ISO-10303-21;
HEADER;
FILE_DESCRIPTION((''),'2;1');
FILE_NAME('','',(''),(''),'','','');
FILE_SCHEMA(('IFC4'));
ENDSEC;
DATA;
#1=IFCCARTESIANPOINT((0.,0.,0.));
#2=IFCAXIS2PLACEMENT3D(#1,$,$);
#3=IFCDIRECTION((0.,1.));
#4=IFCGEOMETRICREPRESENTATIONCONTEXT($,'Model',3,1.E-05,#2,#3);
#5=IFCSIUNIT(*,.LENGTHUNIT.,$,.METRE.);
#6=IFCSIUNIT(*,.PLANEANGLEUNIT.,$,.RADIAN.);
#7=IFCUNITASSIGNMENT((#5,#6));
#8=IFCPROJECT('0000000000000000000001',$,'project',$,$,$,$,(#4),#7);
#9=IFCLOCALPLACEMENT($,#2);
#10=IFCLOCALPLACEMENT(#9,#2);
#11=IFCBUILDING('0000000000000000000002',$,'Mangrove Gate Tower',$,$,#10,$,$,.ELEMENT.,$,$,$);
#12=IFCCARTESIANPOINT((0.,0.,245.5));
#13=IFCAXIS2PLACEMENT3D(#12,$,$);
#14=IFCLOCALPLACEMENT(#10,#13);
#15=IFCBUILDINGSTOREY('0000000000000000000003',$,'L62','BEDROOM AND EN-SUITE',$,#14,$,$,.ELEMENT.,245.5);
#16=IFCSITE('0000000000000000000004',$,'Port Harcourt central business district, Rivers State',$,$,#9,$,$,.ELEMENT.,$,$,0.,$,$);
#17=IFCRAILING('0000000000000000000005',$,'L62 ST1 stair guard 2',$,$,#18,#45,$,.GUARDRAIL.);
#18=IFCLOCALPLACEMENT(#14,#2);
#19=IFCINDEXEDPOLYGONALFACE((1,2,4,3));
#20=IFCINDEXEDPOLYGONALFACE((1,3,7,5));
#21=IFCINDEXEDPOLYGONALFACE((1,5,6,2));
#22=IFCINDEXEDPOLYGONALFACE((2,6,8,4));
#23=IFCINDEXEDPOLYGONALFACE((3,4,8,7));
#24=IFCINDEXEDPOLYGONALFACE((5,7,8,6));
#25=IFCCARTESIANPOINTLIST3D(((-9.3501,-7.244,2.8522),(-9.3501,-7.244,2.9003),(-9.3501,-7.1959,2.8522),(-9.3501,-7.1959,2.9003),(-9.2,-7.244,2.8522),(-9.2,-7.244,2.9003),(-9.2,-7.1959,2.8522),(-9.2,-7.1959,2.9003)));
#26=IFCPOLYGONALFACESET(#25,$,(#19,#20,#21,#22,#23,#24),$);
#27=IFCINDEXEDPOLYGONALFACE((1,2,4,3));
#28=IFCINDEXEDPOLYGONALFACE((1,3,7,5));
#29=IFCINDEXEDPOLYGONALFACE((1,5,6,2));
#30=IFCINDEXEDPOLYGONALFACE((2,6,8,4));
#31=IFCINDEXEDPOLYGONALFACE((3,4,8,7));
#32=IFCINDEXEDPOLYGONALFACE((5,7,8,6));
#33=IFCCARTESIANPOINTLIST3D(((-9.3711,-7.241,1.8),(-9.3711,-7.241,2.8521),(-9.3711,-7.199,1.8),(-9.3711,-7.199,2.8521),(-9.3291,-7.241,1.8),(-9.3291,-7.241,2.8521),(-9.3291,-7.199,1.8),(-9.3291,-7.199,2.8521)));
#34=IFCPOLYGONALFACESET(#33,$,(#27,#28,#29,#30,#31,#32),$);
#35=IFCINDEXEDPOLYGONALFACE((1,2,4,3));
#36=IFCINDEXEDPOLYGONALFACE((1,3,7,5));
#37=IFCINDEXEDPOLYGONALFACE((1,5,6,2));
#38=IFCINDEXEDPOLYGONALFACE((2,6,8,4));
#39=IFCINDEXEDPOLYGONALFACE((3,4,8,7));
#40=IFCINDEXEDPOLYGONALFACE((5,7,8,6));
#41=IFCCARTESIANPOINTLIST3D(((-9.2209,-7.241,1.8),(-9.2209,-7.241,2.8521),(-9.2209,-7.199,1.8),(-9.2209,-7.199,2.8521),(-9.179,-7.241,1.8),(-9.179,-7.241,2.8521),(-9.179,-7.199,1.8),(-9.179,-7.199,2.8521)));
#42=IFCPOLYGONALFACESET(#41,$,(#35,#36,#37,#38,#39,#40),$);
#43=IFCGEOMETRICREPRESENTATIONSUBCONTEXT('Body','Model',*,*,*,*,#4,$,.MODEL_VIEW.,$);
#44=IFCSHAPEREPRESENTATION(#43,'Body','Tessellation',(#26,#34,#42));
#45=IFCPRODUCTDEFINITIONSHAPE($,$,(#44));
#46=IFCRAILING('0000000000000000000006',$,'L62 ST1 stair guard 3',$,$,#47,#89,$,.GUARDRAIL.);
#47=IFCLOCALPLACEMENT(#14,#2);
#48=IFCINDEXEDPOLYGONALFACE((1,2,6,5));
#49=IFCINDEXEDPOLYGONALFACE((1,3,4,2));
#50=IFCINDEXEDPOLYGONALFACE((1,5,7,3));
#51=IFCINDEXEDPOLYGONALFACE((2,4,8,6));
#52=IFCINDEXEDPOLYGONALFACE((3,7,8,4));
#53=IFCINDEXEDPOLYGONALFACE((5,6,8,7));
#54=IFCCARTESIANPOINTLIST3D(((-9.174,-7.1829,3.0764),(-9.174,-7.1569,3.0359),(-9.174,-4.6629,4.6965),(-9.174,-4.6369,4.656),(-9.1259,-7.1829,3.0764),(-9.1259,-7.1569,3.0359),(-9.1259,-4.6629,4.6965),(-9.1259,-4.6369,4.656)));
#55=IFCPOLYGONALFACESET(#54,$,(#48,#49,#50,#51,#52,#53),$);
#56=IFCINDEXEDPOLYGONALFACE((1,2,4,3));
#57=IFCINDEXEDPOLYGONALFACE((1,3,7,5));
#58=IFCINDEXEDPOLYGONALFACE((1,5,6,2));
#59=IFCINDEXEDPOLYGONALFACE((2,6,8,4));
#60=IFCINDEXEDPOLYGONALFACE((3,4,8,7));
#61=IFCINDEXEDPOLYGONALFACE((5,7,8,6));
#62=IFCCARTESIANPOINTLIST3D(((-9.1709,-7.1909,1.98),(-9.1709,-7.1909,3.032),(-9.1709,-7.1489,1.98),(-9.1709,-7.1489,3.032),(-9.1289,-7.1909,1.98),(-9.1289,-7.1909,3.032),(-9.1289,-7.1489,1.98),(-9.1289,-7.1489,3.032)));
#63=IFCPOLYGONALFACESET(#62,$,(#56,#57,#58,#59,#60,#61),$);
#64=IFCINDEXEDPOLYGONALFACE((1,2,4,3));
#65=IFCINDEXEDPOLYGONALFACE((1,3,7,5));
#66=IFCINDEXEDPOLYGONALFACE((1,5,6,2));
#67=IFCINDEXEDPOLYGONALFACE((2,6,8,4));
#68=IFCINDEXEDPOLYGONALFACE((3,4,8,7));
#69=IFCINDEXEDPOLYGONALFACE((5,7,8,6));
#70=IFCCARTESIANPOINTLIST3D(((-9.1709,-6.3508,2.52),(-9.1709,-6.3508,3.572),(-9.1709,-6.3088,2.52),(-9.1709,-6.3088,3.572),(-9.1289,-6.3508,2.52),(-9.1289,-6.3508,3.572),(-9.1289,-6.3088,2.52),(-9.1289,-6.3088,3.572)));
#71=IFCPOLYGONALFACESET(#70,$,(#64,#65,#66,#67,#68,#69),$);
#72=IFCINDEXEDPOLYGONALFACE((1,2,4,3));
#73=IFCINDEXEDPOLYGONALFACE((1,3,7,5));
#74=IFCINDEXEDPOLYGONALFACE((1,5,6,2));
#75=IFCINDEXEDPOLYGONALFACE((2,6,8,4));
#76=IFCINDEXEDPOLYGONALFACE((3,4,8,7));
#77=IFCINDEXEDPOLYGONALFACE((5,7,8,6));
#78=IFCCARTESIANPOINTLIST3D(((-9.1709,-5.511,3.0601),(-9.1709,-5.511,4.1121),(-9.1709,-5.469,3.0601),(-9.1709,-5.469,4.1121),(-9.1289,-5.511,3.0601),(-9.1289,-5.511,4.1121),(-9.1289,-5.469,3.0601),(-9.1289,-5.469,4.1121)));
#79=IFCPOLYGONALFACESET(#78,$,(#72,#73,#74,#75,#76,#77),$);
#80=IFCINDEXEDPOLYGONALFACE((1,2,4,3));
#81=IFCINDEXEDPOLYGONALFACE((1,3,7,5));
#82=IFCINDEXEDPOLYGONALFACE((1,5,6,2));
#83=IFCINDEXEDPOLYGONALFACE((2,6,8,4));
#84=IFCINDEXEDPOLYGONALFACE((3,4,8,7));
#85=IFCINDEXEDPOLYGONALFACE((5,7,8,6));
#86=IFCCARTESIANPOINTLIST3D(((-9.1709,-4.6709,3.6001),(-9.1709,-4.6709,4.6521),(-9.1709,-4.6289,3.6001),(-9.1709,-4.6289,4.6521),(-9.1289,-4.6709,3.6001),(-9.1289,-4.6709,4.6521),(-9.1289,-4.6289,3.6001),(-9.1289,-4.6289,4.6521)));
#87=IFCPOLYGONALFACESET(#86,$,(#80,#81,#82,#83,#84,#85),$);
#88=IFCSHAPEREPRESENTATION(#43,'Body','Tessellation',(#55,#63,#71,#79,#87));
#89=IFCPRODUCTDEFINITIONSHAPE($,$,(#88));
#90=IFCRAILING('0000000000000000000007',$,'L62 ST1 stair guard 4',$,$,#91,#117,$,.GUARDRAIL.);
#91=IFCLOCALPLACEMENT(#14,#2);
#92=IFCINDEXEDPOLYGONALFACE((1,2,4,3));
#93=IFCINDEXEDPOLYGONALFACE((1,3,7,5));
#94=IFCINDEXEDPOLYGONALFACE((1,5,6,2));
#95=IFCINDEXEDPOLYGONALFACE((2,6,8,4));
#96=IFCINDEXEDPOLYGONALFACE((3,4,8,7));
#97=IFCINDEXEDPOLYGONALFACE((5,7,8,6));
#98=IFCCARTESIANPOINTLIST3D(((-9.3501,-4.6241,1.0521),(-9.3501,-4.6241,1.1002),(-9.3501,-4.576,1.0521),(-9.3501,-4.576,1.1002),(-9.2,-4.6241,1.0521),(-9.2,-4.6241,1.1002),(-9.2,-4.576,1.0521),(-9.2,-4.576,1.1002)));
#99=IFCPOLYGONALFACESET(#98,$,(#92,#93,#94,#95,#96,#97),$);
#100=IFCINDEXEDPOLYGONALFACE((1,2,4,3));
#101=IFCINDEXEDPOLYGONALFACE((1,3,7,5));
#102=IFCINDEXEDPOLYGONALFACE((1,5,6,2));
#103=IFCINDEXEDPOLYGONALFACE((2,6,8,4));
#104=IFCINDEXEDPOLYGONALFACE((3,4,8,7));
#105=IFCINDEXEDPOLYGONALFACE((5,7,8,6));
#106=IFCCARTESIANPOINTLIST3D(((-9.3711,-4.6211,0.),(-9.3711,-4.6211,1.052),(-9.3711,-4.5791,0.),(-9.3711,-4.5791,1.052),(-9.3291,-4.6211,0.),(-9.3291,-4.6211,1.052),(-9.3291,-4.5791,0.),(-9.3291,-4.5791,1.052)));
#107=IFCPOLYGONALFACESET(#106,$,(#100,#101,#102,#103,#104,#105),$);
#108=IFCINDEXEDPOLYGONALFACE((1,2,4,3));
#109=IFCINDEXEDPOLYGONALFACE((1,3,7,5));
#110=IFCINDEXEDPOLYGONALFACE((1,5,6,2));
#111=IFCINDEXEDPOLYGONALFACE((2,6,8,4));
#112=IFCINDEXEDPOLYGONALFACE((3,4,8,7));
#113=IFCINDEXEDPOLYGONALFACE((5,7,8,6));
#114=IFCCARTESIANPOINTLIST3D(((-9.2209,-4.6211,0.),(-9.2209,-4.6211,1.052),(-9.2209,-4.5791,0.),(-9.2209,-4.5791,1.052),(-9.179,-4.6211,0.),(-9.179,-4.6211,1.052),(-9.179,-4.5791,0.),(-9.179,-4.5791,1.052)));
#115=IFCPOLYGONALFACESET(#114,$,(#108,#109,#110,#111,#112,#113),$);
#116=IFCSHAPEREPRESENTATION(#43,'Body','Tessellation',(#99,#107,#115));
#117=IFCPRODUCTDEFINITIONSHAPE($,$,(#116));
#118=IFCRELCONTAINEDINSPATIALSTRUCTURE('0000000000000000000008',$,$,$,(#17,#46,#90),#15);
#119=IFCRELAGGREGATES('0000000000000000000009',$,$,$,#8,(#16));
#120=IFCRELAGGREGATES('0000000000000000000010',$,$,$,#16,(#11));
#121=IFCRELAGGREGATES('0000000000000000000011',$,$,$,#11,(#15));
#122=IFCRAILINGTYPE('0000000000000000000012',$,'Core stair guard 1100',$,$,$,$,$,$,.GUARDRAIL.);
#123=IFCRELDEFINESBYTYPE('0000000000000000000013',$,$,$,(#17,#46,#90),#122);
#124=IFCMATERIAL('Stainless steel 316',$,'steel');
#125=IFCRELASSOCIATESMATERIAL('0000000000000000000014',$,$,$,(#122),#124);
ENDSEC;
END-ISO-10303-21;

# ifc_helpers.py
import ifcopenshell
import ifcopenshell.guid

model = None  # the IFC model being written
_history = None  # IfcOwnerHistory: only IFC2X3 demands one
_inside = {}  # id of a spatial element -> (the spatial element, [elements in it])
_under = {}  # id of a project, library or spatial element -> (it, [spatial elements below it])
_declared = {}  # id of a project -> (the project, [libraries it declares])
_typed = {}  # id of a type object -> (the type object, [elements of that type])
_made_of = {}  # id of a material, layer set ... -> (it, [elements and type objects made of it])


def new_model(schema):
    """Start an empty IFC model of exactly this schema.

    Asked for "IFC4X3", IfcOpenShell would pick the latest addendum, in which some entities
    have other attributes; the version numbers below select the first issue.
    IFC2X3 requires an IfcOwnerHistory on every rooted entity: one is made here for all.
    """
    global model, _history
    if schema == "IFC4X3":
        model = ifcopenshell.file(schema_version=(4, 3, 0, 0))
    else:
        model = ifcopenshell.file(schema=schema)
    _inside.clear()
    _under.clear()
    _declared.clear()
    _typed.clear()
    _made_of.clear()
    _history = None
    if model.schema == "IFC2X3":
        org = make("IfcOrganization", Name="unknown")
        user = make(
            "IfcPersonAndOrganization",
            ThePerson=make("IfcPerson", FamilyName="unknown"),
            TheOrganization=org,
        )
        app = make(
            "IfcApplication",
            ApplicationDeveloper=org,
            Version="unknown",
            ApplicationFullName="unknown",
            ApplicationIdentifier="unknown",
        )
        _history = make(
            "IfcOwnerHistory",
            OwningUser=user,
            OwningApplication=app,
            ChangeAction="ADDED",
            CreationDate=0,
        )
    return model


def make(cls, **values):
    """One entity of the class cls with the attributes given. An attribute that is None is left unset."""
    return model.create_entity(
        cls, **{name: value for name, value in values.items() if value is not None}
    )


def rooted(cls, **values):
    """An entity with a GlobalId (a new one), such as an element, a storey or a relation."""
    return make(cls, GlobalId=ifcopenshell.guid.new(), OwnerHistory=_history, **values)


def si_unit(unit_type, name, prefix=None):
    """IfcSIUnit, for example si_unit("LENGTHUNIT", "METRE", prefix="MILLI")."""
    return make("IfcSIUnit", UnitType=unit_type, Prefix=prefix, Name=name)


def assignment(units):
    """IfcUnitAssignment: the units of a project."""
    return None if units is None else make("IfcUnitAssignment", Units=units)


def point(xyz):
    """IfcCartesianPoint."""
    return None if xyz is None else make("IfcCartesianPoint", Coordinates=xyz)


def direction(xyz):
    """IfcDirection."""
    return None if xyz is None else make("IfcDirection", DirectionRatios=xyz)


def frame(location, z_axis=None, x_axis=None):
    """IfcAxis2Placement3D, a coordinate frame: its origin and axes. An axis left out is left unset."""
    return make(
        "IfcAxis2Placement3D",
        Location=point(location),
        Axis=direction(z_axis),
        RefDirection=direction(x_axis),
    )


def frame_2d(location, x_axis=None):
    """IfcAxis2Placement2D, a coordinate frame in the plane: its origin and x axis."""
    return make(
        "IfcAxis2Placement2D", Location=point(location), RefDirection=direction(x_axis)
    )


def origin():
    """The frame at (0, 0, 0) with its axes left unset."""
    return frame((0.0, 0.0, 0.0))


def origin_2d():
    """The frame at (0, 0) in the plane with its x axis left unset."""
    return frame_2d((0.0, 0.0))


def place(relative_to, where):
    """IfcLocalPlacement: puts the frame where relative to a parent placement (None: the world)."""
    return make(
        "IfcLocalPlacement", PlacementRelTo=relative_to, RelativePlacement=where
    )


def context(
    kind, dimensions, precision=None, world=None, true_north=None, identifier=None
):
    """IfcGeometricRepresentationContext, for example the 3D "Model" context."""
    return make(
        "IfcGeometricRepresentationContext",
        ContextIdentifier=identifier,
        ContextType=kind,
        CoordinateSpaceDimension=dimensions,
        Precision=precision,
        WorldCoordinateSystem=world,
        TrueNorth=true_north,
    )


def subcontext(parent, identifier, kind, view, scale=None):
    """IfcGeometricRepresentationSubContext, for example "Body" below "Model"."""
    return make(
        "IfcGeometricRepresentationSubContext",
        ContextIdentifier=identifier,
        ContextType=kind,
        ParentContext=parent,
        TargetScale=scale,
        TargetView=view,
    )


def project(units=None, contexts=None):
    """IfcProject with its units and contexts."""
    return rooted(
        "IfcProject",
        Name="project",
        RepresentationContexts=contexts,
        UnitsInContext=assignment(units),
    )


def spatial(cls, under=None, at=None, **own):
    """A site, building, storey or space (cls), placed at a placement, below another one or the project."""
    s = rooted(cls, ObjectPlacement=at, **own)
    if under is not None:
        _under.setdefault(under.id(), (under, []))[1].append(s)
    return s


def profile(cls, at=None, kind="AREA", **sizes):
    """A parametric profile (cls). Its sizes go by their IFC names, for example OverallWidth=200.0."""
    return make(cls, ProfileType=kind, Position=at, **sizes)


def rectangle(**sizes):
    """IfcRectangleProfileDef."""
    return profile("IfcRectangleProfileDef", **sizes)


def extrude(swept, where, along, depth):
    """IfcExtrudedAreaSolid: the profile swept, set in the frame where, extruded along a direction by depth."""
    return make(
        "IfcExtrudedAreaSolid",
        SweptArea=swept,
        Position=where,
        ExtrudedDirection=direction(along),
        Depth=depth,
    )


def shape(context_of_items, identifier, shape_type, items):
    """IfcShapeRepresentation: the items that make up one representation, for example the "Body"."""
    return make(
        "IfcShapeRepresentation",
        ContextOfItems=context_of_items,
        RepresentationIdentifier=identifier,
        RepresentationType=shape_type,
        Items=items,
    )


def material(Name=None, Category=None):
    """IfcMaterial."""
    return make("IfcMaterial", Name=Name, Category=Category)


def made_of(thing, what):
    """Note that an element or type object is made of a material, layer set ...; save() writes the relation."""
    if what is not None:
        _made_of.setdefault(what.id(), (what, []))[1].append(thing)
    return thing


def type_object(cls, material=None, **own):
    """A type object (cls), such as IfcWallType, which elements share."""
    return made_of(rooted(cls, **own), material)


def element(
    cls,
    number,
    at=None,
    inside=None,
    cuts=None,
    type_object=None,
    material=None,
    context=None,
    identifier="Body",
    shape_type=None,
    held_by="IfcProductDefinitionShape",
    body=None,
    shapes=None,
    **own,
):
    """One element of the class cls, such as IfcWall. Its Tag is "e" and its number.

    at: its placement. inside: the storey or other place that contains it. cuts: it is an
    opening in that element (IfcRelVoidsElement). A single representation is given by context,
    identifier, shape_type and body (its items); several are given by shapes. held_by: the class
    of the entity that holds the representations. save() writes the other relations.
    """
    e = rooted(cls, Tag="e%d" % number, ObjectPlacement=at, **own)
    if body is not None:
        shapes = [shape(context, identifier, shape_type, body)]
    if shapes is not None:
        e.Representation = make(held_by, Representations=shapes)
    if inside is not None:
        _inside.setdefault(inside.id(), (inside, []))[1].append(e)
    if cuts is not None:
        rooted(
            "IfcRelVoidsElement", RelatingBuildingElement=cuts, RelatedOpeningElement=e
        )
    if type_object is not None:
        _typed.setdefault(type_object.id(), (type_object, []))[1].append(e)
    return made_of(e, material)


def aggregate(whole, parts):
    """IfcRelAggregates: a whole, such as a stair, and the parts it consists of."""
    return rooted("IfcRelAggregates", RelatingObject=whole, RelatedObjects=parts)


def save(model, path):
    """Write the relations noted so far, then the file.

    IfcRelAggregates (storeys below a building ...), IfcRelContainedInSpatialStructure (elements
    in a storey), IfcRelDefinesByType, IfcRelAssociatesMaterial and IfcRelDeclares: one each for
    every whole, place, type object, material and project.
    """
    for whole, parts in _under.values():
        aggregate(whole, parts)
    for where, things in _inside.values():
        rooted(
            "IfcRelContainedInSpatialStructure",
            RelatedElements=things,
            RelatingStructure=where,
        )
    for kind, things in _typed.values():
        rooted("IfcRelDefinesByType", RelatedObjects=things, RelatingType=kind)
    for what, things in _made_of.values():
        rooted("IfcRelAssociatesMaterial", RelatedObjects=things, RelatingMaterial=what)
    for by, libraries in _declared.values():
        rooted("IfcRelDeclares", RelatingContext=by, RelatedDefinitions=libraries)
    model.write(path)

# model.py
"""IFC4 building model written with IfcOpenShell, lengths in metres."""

from ifc_helpers import new_model, si_unit, direction, frame, origin, origin_2d, place, context, subcontext, project, spatial, rectangle, extrude, material, type_object, element, save


model = new_model("IFC4")

# Units and contexts
model_context = context("Model", 3, precision=1e-05, world=origin(), true_north=direction((0.0, 1.0)))
body_context = subcontext(model_context, "Body", "Model", "MODEL_VIEW")
ifc_project = project(units=[si_unit("LENGTHUNIT", "METRE"), si_unit("PLANEANGLEUNIT", "RADIAN")], contexts=[model_context])

# Site, building, storey
site_placement = place(None, origin())
site = spatial("IfcSite", under=ifc_project, at=site_placement, Name="Port Harcourt central business district, Rivers State", CompositionType="ELEMENT", RefElevation=0.0)
building_placement = place(site_placement, origin())
building = spatial("IfcBuilding", under=site, at=building_placement, Name="Mangrove Gate Tower", CompositionType="ELEMENT")
storey_placement = place(building_placement, frame((0.0, 0.0, 245.5)))
storey = spatial("IfcBuildingStorey", under=building, at=storey_placement, Name="L62", Description="BEDROOM AND EN-SUITE", CompositionType="ELEMENT", Elevation=245.5)

# Railings
ifc_material_1 = material(Name="Stainless steel 316", Category="steel")
railing_type_1 = type_object("IfcRailingType", Name="Core stair guard 1100", PredefinedType="GUARDRAIL", material=ifc_material_1)
railing_1_placement = place(storey_placement, frame((-9.3501, -7.22, 1.8)))
element("IfcRailing", 1, at=railing_1_placement, inside=storey, type_object=railing_type_1, Name="L62 ST1 stair guard 2", PredefinedType="GUARDRAIL", context=body_context, shape_type="SweptSolid", body=[
    extrude(rectangle(XDim=0.0481, YDim=0.0481, at=origin_2d()), frame((0.0, 0.0, 1.0762), z_axis=(1.0, 0.0, 0.0), x_axis=(0.0, 1.0, 0.0)), (0.0, 0.0, 1.0), 0.1501),
    extrude(rectangle(XDim=0.042, YDim=0.042, at=origin_2d()), origin(), (0.0, 0.0, 1.0), 1.052),
    extrude(rectangle(XDim=0.042, YDim=0.042, at=origin_2d()), frame((0.1501, 0.0, 0.0)), (0.0, 0.0, 1.0), 1.052),
])
railing_2_placement = place(storey_placement, frame((-9.1499, -7.1699, 1.98)))
element("IfcRailing", 2, at=railing_2_placement, inside=storey, type_object=railing_type_1, Name="L62 ST1 stair guard 3", PredefinedType="GUARDRAIL", context=body_context, shape_type="SweptSolid", body=[
    extrude(rectangle(XDim=0.0481, YDim=0.0481, at=origin_2d()), frame((0.0, 0.0, 1.0762), z_axis=(0.0, 0.841163, 0.540782), x_axis=(-1.0, 0.0, 0.0)), (0.0, 0.0, 1.0), 2.9958),
    extrude(rectangle(XDim=0.042, YDim=0.042, at=origin_2d()), origin(), (0.0, 0.0, 1.0), 1.052),
    extrude(rectangle(XDim=0.042, YDim=0.042, at=origin_2d()), frame((0.0, 0.8401, 0.54)), (0.0, 0.0, 1.0), 1.052),
    extrude(rectangle(XDim=0.042, YDim=0.042, at=origin_2d()), frame((0.0, 1.6799, 1.0801)), (0.0, 0.0, 1.0), 1.052),
    extrude(rectangle(XDim=0.042, YDim=0.042, at=origin_2d()), frame((0.0, 2.52, 1.6201)), (0.0, 0.0, 1.0), 1.052),
])
railing_3_placement = place(storey_placement, frame((-9.3501, -4.6001, 0.0)))
element("IfcRailing", 3, at=railing_3_placement, inside=storey, type_object=railing_type_1, Name="L62 ST1 stair guard 4", PredefinedType="GUARDRAIL", context=body_context, shape_type="SweptSolid", body=[
    extrude(rectangle(XDim=0.0481, YDim=0.0481, at=origin_2d()), frame((0.0, 0.0, 1.0762), z_axis=(1.0, 0.0, 0.0), x_axis=(0.0, 1.0, 0.0)), (0.0, 0.0, 1.0), 0.1501),
    extrude(rectangle(XDim=0.042, YDim=0.042, at=origin_2d()), origin(), (0.0, 0.0, 1.0), 1.052),
    extrude(rectangle(XDim=0.042, YDim=0.042, at=origin_2d()), frame((0.1501, 0.0, 0.0)), (0.0, 0.0, 1.0), 1.052),
])

save(model, "model.ifc")
